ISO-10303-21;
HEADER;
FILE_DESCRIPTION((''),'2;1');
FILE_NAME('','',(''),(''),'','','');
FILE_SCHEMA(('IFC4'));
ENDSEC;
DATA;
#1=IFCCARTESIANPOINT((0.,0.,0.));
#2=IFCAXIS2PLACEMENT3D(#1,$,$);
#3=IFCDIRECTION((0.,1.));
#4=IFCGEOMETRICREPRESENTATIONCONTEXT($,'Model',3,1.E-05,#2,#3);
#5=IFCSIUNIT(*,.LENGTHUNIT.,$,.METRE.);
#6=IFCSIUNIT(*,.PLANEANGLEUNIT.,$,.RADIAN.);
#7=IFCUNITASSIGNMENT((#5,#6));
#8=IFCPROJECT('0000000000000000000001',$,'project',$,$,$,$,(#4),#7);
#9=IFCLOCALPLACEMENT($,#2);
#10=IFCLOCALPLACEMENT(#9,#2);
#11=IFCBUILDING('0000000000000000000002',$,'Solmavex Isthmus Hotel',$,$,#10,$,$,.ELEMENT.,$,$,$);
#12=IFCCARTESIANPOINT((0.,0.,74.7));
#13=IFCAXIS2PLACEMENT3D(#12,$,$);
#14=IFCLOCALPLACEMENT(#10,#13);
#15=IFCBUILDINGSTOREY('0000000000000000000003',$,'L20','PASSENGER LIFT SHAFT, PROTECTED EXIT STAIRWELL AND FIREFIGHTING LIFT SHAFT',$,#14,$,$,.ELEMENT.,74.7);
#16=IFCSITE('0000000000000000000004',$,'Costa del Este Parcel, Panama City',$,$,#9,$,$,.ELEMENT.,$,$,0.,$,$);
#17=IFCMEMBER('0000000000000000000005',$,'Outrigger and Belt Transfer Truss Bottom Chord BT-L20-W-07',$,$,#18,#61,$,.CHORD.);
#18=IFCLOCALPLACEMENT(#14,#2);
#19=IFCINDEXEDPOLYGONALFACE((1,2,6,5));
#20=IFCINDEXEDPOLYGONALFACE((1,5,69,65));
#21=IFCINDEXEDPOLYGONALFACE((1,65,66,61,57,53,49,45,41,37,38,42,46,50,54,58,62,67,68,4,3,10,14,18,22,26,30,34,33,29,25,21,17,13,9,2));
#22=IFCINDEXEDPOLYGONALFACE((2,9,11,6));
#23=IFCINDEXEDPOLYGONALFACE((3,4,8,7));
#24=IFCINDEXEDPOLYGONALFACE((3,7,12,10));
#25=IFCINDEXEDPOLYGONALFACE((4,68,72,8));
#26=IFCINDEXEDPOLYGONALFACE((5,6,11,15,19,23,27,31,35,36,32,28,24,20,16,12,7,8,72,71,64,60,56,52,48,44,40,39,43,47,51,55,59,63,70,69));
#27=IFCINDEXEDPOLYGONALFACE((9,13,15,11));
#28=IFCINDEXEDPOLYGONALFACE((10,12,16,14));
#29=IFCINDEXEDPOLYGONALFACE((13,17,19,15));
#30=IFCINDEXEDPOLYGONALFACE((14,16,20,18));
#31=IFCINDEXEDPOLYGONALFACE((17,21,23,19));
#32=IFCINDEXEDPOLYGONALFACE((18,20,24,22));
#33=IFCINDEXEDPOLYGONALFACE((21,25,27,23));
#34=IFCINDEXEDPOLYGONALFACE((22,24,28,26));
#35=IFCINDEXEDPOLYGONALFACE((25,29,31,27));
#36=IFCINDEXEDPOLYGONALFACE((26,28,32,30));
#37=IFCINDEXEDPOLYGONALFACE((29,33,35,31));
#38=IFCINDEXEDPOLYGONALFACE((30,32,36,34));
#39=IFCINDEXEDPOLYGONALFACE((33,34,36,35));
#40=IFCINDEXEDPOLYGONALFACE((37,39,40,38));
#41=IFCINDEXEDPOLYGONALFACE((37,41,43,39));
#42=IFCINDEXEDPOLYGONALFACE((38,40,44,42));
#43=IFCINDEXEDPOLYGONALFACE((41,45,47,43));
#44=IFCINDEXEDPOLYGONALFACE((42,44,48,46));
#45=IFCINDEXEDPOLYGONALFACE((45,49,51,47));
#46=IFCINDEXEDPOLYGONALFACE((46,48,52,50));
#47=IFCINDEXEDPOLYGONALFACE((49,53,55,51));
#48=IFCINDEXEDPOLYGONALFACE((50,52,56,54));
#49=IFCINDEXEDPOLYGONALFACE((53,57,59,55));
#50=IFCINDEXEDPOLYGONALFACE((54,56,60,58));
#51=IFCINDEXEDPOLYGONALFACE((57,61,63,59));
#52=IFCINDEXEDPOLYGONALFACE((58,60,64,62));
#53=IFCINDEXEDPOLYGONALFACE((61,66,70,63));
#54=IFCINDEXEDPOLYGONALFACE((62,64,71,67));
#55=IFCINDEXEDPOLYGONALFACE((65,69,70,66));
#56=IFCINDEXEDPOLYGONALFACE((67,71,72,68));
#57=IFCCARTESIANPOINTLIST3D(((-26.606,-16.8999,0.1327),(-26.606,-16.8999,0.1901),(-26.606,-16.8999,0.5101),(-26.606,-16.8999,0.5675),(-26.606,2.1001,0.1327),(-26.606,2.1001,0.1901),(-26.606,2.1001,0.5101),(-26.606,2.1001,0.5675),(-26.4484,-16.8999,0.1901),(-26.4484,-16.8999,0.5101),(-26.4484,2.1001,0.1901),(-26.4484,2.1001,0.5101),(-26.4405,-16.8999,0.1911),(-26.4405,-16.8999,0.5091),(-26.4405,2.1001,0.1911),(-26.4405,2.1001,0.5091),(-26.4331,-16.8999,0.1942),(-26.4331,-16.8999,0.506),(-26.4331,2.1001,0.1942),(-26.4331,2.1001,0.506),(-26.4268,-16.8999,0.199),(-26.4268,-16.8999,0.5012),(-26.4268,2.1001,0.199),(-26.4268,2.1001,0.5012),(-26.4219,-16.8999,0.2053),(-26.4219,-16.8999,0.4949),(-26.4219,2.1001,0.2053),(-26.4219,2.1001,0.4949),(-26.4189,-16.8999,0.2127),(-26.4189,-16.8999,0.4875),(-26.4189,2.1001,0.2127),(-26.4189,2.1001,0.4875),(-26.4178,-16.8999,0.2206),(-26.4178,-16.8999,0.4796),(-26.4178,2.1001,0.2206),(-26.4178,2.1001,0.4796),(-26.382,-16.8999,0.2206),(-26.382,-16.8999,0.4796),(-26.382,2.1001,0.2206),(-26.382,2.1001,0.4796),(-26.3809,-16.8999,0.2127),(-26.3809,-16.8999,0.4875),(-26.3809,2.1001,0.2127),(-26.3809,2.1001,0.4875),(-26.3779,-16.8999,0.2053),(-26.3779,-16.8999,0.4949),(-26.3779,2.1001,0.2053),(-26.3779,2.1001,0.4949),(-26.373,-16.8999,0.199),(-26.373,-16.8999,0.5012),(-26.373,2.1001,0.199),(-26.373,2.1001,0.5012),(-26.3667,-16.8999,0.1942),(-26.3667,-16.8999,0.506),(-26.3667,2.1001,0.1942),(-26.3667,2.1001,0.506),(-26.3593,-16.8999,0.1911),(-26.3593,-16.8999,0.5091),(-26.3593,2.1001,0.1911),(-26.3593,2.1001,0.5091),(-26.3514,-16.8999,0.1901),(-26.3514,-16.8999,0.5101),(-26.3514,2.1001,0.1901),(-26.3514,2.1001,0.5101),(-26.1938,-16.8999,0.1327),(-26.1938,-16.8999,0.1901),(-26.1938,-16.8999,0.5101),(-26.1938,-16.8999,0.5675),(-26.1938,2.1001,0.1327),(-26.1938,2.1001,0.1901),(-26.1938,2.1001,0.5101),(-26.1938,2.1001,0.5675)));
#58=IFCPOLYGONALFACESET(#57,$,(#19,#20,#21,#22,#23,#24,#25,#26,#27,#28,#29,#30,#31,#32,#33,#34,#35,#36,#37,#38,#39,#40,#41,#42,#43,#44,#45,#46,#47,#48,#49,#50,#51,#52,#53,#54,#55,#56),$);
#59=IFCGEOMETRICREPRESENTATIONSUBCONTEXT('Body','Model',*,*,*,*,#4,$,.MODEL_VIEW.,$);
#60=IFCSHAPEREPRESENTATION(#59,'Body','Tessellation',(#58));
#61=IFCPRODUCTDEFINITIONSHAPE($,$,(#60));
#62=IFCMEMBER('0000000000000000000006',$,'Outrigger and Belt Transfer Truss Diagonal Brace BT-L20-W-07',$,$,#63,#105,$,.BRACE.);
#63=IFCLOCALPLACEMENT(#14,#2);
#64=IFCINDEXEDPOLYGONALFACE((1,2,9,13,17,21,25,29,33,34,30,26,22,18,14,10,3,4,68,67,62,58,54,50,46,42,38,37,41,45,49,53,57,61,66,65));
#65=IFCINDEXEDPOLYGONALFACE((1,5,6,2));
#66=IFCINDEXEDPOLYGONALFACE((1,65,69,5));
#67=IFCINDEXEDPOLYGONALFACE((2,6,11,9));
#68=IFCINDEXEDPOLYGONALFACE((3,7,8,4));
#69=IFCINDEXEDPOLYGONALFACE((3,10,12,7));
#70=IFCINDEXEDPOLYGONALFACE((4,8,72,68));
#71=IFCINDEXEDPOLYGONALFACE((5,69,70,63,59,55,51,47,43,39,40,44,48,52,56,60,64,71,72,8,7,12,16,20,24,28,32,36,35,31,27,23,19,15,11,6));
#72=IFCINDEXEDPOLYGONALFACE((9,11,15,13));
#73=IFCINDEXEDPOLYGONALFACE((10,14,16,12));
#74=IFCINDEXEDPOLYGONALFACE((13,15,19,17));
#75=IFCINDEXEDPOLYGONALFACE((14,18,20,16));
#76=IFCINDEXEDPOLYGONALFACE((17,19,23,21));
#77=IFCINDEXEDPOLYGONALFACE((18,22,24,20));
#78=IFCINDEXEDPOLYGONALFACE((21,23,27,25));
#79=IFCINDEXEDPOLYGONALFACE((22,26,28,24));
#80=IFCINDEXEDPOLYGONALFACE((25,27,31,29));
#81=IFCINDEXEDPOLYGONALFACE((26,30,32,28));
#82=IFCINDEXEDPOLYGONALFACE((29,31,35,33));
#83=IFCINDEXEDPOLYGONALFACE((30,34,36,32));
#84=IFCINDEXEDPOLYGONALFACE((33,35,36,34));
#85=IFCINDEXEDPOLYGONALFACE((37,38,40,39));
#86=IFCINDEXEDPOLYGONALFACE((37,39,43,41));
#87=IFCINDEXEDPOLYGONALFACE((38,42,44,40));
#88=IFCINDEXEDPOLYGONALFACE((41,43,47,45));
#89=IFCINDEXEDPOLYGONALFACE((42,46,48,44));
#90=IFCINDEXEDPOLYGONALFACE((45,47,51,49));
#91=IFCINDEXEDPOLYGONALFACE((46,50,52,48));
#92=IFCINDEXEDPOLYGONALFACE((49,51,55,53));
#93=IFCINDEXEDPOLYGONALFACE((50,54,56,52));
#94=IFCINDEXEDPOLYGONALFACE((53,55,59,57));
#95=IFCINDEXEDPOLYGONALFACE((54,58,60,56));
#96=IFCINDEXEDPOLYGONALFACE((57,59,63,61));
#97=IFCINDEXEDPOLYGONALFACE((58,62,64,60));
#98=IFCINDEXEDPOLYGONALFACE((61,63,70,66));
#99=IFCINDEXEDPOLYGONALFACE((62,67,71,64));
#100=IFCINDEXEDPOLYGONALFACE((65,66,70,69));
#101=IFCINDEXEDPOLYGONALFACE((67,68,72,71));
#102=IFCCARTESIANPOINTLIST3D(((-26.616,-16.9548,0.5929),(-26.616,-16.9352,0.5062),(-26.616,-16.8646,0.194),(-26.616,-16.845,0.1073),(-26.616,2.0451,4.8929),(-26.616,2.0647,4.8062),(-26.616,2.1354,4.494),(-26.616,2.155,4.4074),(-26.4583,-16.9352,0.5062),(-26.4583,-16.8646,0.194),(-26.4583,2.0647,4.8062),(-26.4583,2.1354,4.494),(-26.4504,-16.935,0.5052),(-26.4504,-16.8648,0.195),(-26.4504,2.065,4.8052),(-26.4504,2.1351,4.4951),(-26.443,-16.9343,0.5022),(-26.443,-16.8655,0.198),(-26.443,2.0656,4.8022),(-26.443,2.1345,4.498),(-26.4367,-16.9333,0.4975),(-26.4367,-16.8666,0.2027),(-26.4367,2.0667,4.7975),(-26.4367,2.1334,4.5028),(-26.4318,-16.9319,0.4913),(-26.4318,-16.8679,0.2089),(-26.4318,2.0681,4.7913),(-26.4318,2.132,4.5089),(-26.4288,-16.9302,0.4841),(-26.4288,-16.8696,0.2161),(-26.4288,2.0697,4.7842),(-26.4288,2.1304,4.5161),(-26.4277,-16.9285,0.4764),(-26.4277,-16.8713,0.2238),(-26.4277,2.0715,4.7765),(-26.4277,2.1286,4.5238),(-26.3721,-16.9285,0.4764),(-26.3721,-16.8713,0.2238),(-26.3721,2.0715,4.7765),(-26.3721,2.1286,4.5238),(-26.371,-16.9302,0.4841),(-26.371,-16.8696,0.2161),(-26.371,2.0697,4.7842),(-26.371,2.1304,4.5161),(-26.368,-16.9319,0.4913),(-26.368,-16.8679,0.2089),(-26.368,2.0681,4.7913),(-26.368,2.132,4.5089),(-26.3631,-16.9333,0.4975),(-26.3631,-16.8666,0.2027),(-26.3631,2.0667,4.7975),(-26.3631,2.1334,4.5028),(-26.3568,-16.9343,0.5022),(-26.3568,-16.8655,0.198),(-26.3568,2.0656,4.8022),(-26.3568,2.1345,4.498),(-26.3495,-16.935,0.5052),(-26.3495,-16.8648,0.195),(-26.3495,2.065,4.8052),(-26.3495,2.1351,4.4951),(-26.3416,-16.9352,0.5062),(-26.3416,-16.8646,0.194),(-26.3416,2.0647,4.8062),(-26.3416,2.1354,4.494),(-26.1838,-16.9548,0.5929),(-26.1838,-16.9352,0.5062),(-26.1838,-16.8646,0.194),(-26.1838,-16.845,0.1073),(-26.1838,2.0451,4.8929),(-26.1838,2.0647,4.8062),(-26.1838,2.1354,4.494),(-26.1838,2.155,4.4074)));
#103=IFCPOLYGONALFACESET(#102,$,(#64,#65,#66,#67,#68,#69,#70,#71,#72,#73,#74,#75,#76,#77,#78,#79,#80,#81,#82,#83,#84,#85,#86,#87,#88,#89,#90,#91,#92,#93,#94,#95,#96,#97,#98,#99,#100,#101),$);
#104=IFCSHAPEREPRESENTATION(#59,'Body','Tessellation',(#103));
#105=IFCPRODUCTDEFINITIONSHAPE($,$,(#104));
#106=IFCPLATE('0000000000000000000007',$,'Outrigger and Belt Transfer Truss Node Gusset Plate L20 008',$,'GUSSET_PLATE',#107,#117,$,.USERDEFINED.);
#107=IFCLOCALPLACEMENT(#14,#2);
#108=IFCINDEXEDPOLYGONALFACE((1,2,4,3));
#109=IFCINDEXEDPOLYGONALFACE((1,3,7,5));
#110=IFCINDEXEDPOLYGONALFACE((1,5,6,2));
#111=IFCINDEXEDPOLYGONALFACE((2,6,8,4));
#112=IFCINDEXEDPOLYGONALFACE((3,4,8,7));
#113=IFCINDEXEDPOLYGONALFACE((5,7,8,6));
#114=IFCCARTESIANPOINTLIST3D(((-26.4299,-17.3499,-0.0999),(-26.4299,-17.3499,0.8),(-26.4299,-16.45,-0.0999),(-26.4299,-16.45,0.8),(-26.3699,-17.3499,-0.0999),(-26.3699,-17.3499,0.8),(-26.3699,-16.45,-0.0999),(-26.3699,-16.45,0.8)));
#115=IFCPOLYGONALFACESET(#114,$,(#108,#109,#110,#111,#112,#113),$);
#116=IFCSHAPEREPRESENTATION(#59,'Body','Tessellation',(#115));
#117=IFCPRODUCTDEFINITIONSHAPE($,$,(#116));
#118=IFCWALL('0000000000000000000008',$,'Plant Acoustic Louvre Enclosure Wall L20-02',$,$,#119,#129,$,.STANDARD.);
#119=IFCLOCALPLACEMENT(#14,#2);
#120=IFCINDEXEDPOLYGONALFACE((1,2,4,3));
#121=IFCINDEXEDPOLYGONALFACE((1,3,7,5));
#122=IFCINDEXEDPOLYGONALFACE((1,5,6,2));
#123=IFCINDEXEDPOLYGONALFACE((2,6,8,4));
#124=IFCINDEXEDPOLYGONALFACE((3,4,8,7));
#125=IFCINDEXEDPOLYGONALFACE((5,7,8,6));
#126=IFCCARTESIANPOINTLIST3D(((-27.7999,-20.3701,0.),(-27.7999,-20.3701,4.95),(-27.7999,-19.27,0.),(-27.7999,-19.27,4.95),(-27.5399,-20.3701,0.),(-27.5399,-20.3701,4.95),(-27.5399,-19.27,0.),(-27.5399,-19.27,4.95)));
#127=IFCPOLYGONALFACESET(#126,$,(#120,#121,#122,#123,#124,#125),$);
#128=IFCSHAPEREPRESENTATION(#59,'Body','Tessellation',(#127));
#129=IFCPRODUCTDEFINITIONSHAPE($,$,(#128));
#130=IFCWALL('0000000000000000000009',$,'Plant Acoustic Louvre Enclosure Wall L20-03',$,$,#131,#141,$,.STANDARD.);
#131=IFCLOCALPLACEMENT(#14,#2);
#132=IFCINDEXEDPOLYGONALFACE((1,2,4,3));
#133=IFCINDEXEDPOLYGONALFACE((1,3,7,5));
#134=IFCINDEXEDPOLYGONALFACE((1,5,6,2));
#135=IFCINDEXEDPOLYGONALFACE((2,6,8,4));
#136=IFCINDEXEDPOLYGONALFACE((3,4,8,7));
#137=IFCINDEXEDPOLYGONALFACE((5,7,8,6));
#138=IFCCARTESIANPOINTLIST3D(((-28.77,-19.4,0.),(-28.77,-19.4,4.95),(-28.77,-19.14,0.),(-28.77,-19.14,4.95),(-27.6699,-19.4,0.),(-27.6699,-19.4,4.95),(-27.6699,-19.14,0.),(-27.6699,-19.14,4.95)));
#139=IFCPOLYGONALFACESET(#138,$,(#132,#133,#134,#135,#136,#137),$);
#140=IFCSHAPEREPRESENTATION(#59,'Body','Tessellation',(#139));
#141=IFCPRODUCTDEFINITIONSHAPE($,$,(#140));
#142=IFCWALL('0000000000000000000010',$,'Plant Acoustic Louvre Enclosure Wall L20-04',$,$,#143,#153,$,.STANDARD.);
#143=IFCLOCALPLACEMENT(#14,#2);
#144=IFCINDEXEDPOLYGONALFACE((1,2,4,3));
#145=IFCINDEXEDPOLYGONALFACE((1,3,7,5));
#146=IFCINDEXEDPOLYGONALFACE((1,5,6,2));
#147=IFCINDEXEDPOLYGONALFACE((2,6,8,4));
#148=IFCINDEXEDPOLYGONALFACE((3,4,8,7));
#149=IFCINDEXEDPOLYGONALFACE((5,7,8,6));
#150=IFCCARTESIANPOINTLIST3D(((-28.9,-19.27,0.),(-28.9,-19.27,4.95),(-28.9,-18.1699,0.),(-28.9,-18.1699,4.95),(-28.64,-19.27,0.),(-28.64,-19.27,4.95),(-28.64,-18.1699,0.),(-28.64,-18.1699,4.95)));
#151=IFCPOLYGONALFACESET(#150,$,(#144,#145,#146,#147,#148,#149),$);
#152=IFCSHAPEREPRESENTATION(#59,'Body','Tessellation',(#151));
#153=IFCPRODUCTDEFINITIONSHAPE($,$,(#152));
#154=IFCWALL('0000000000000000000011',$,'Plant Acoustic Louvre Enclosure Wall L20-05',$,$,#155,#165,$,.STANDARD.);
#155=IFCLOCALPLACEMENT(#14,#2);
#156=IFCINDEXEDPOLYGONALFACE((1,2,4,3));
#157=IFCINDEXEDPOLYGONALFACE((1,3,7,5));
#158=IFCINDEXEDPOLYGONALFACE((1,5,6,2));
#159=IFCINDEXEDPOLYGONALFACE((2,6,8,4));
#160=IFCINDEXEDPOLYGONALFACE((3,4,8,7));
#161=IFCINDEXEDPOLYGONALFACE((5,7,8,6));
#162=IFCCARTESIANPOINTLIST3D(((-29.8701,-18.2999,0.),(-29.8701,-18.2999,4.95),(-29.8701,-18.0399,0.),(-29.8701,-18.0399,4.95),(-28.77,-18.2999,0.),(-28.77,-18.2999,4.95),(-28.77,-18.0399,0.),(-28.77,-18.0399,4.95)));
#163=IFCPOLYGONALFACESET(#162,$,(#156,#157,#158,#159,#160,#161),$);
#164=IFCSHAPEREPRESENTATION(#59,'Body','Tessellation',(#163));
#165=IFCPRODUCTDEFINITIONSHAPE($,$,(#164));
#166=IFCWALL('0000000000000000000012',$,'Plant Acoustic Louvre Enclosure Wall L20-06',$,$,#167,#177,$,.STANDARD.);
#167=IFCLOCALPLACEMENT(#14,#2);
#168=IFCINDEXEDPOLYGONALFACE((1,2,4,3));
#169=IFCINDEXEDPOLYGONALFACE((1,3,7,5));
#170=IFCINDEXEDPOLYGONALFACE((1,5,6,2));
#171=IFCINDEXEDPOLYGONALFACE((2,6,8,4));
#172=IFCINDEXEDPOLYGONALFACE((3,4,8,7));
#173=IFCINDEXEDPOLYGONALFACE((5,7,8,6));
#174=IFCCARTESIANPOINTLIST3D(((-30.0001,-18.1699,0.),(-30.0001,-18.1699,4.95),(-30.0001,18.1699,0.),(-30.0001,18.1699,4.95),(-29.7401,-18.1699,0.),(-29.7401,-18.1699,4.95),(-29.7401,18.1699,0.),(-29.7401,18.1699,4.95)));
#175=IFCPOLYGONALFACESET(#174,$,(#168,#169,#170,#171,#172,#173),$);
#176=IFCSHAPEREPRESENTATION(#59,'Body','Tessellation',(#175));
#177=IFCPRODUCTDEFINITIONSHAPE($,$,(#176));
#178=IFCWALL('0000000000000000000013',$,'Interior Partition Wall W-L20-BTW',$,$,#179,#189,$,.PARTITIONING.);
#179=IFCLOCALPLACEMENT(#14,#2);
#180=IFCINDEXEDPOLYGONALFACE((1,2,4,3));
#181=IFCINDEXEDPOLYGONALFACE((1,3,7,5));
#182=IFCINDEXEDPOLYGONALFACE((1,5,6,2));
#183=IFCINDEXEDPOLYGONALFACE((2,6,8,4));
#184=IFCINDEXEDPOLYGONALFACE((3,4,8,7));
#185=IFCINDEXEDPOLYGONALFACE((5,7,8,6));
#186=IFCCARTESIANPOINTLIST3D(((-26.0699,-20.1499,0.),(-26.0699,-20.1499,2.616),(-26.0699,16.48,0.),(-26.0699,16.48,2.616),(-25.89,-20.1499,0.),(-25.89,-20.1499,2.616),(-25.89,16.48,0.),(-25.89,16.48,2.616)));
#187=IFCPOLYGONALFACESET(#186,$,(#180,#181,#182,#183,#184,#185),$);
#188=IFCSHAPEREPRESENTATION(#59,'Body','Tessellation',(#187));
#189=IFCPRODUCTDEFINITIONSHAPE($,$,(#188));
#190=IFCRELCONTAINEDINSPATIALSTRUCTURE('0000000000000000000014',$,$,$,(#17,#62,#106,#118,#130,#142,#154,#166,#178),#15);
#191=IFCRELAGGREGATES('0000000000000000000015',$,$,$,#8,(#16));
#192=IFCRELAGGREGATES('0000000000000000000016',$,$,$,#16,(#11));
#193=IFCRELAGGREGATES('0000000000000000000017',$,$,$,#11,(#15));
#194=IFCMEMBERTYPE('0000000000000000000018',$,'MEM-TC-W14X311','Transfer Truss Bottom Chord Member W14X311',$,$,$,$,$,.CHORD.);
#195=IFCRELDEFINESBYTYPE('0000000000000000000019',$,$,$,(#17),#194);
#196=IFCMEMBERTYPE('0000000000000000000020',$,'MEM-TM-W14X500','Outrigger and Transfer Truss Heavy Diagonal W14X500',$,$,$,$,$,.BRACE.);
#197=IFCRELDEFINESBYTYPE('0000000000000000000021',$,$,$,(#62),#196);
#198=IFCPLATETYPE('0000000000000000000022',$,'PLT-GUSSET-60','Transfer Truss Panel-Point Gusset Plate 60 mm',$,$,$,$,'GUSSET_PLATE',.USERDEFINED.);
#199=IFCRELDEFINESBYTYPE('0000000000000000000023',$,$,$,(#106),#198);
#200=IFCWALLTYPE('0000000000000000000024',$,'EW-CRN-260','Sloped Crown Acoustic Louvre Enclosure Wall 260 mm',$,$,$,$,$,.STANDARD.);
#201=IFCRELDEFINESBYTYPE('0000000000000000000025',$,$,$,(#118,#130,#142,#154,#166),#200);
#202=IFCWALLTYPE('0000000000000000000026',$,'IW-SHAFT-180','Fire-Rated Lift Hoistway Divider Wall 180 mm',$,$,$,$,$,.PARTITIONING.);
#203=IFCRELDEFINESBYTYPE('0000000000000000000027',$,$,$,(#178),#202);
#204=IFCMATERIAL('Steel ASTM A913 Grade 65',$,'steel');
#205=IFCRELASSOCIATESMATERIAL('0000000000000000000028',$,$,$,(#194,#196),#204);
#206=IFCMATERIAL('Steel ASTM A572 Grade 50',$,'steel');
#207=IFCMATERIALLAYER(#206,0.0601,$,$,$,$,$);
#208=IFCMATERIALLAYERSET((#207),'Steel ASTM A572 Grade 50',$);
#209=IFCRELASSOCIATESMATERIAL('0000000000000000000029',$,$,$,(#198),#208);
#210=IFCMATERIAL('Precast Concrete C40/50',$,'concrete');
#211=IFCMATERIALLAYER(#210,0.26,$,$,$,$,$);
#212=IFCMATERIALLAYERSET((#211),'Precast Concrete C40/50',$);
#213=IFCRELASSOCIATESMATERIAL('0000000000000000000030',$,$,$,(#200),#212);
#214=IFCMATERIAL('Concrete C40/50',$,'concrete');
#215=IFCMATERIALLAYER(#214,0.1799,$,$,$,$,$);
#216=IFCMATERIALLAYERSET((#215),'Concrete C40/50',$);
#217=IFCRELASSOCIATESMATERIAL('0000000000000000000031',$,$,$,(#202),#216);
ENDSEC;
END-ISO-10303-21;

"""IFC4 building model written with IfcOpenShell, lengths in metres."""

from ifc_helpers import new_model, si_unit, direction, frame, frame_2d, origin, origin_2d, place, context, subcontext, project, spatial, rectangle, i_section, extrude, material, layer, layer_set, material_profile, profile_set, type_object, element, save


model = new_model("IFC4")

# Units and contexts
model_context = context("Model", 3, precision=1e-05, world=origin(), true_north=direction((0.0, 1.0)))
body_context = subcontext(model_context, "Body", "Model", "MODEL_VIEW")
ifc_project = project(units=[si_unit("LENGTHUNIT", "METRE"), si_unit("PLANEANGLEUNIT", "RADIAN")], contexts=[model_context])

# Site, building, storey
site_placement = place(None, origin())
site = spatial("IfcSite", under=ifc_project, at=site_placement, Name="Costa del Este Parcel, Panama City", CompositionType="ELEMENT", RefElevation=0.0)
building_placement = place(site_placement, origin())
building = spatial("IfcBuilding", under=site, at=building_placement, Name="Solmavex Isthmus Hotel", CompositionType="ELEMENT")
storey_placement = place(building_placement, frame((0.0, 0.0, 74.7)))
storey = spatial("IfcBuildingStorey", under=building, at=storey_placement, Name="L20", Description="PASSENGER LIFT SHAFT, PROTECTED EXIT STAIRWELL AND FIREFIGHTING LIFT SHAFT", CompositionType="ELEMENT", Elevation=74.7)

# Shared definitions
ifc_material_1 = material(Name="Steel ASTM A913 Grade 65", Category="steel")

# Members
ifc_material_profile_1 = material_profile(ifc_material_1, i_section(OverallWidth=0.4121, OverallDepth=0.4348, WebThickness=0.0359, FlangeThickness=0.0574, FilletRadius=0.0305, at=origin_2d()), Name="W14X311")
ifc_profile_set_1 = profile_set([ifc_material_profile_1], Name="Steel ASTM A913 Grade 65")
member_type_1 = type_object("IfcMemberType", Name="MEM-TC-W14X311", Description="Transfer Truss Bottom Chord Member W14X311", PredefinedType="CHORD", material=ifc_profile_set_1)
member_1_placement = place(storey_placement, frame((-26.3999, -16.8999, 0.3501), z_axis=(0.0, 1.0, 0.0), x_axis=(-1.0, 0.0, 0.0)))
element("IfcMember", 1, at=member_1_placement, inside=storey, type_object=member_type_1, Name="Outrigger and Belt Transfer Truss Bottom Chord BT-L20-W-07", PredefinedType="CHORD", context=body_context, shape_type="SweptSolid", body=[
    extrude(i_section(OverallWidth=0.4121, OverallDepth=0.4348, WebThickness=0.0359, FlangeThickness=0.0574, FilletRadius=0.0305, at=origin_2d()), origin(), (0.0, 0.0, 1.0), 19.0),
])
ifc_material_profile_2 = material_profile(ifc_material_1, i_section(OverallWidth=0.4321, OverallDepth=0.4978, WebThickness=0.0557, FlangeThickness=0.0889, FilletRadius=0.0305, at=origin_2d()), Name="W14X500")
ifc_profile_set_2 = profile_set([ifc_material_profile_2], Name="Steel ASTM A913 Grade 65")
member_type_2 = type_object("IfcMemberType", Name="MEM-TM-W14X500", Description="Outrigger and Transfer Truss Heavy Diagonal W14X500", PredefinedType="BRACE", material=ifc_profile_set_2)
member_2_placement = place(storey_placement, frame((-26.3999, -16.8999, 0.3501), z_axis=(0.0, 0.975334, 0.220736), x_axis=(-1.0, 0.0, 0.0)))
element("IfcMember", 2, at=member_2_placement, inside=storey, type_object=member_type_2, Name="Outrigger and Belt Transfer Truss Diagonal Brace BT-L20-W-07", PredefinedType="BRACE", context=body_context, shape_type="SweptSolid", body=[
    extrude(i_section(OverallWidth=0.4321, OverallDepth=0.4978, WebThickness=0.0557, FlangeThickness=0.0889, FilletRadius=0.0305, at=origin_2d()), origin(), (0.0, 0.0, 1.0), 19.4805),
])

# Plate
ifc_material_2 = material(Name="Steel ASTM A572 Grade 50", Category="steel")
ifc_layer_1 = layer(ifc_material_2, 0.0601)
ifc_layer_set_1 = layer_set([ifc_layer_1], Name="Steel ASTM A572 Grade 50")
plate_type = type_object("IfcPlateType", Name="PLT-GUSSET-60", Description="Transfer Truss Panel-Point Gusset Plate 60 mm", ElementType="GUSSET_PLATE", PredefinedType="USERDEFINED", material=ifc_layer_set_1)
plate_placement = place(storey_placement, frame((-26.3999, -16.8999, -0.0999), z_axis=(0.0, 0.0, 1.0), x_axis=(0.0, 1.0, 0.0)))
element("IfcPlate", 3, at=plate_placement, inside=storey, type_object=plate_type, Name="Outrigger and Belt Transfer Truss Node Gusset Plate L20 008", ObjectType="GUSSET_PLATE", PredefinedType="USERDEFINED", context=body_context, shape_type="SweptSolid", body=[
    extrude(rectangle(XDim=0.8999, YDim=0.0601, at=origin_2d()), origin(), (0.0, 0.0, 1.0), 0.8999),
])

# Walls
ifc_material_3 = material(Name="Precast Concrete C40/50", Category="concrete")
ifc_layer_2 = layer(ifc_material_3, 0.26)
ifc_layer_set_2 = layer_set([ifc_layer_2], Name="Precast Concrete C40/50")
wall_type_1 = type_object("IfcWallType", Name="EW-CRN-260", Description="Sloped Crown Acoustic Louvre Enclosure Wall 260 mm", PredefinedType="STANDARD", material=ifc_layer_set_2)
for number, where, z_axis, x_axis, name in (
    (4, (-27.6699, -20.3701, 0.0), (0.0, 0.0, 1.0), (0.0, 1.0, 0.0), "Plant Acoustic Louvre Enclosure Wall L20-02"),
    (5, (-27.6699, -19.27, 0.0), (0.0, 0.0, 1.0), (-1.0, 0.0, 0.0), "Plant Acoustic Louvre Enclosure Wall L20-03"),
    (6, (-28.77, -19.27, 0.0), (0.0, 0.0, 1.0), (0.0, 1.0, 0.0), "Plant Acoustic Louvre Enclosure Wall L20-04"),
    (7, (-28.77, -18.1699, 0.0), (0.0, 0.0, 1.0), (-1.0, 0.0, 0.0), "Plant Acoustic Louvre Enclosure Wall L20-05"),
):
    element("IfcWall", number, at=place(storey_placement, frame(where, z_axis=z_axis, x_axis=x_axis)), inside=storey, type_object=wall_type_1, Name=name, PredefinedType="STANDARD", context=body_context, shape_type="SweptSolid", body=[
        extrude(rectangle(XDim=1.1001, YDim=0.26, at=frame_2d((0.55, 0.0))), origin(), (0.0, 0.0, 1.0), 4.95),
    ])
wall_1_placement = place(storey_placement, frame((-29.8701, -18.1699, 0.0), z_axis=(0.0, 0.0, 1.0), x_axis=(0.0, 1.0, 0.0)))
element("IfcWall", 8, at=wall_1_placement, inside=storey, type_object=wall_type_1, Name="Plant Acoustic Louvre Enclosure Wall L20-06", PredefinedType="STANDARD", context=body_context, shape_type="SweptSolid", body=[
    extrude(rectangle(XDim=36.3398, YDim=0.26, at=frame_2d((18.1699, 0.0))), origin(), (0.0, 0.0, 1.0), 4.95),
])
ifc_material_4 = material(Name="Concrete C40/50", Category="concrete")
ifc_layer_3 = layer(ifc_material_4, 0.1799)
ifc_layer_set_3 = layer_set([ifc_layer_3], Name="Concrete C40/50")
wall_type_2 = type_object("IfcWallType", Name="IW-SHAFT-180", Description="Fire-Rated Lift Hoistway Divider Wall 180 mm", PredefinedType="PARTITIONING", material=ifc_layer_set_3)
wall_2_placement = place(storey_placement, frame((-25.98, -20.1499, 0.0), z_axis=(0.0, 0.0, 1.0), x_axis=(0.0, 1.0, 0.0)))
element("IfcWall", 9, at=wall_2_placement, inside=storey, type_object=wall_type_2, Name="Interior Partition Wall W-L20-BTW", PredefinedType="PARTITIONING", context=body_context, shape_type="SweptSolid", body=[
    extrude(rectangle(XDim=36.6299, YDim=0.1799, at=frame_2d((18.3149, 0.0))), origin(), (0.0, 0.0, 1.0), 2.616),
])

save(model, "model.ifc")
